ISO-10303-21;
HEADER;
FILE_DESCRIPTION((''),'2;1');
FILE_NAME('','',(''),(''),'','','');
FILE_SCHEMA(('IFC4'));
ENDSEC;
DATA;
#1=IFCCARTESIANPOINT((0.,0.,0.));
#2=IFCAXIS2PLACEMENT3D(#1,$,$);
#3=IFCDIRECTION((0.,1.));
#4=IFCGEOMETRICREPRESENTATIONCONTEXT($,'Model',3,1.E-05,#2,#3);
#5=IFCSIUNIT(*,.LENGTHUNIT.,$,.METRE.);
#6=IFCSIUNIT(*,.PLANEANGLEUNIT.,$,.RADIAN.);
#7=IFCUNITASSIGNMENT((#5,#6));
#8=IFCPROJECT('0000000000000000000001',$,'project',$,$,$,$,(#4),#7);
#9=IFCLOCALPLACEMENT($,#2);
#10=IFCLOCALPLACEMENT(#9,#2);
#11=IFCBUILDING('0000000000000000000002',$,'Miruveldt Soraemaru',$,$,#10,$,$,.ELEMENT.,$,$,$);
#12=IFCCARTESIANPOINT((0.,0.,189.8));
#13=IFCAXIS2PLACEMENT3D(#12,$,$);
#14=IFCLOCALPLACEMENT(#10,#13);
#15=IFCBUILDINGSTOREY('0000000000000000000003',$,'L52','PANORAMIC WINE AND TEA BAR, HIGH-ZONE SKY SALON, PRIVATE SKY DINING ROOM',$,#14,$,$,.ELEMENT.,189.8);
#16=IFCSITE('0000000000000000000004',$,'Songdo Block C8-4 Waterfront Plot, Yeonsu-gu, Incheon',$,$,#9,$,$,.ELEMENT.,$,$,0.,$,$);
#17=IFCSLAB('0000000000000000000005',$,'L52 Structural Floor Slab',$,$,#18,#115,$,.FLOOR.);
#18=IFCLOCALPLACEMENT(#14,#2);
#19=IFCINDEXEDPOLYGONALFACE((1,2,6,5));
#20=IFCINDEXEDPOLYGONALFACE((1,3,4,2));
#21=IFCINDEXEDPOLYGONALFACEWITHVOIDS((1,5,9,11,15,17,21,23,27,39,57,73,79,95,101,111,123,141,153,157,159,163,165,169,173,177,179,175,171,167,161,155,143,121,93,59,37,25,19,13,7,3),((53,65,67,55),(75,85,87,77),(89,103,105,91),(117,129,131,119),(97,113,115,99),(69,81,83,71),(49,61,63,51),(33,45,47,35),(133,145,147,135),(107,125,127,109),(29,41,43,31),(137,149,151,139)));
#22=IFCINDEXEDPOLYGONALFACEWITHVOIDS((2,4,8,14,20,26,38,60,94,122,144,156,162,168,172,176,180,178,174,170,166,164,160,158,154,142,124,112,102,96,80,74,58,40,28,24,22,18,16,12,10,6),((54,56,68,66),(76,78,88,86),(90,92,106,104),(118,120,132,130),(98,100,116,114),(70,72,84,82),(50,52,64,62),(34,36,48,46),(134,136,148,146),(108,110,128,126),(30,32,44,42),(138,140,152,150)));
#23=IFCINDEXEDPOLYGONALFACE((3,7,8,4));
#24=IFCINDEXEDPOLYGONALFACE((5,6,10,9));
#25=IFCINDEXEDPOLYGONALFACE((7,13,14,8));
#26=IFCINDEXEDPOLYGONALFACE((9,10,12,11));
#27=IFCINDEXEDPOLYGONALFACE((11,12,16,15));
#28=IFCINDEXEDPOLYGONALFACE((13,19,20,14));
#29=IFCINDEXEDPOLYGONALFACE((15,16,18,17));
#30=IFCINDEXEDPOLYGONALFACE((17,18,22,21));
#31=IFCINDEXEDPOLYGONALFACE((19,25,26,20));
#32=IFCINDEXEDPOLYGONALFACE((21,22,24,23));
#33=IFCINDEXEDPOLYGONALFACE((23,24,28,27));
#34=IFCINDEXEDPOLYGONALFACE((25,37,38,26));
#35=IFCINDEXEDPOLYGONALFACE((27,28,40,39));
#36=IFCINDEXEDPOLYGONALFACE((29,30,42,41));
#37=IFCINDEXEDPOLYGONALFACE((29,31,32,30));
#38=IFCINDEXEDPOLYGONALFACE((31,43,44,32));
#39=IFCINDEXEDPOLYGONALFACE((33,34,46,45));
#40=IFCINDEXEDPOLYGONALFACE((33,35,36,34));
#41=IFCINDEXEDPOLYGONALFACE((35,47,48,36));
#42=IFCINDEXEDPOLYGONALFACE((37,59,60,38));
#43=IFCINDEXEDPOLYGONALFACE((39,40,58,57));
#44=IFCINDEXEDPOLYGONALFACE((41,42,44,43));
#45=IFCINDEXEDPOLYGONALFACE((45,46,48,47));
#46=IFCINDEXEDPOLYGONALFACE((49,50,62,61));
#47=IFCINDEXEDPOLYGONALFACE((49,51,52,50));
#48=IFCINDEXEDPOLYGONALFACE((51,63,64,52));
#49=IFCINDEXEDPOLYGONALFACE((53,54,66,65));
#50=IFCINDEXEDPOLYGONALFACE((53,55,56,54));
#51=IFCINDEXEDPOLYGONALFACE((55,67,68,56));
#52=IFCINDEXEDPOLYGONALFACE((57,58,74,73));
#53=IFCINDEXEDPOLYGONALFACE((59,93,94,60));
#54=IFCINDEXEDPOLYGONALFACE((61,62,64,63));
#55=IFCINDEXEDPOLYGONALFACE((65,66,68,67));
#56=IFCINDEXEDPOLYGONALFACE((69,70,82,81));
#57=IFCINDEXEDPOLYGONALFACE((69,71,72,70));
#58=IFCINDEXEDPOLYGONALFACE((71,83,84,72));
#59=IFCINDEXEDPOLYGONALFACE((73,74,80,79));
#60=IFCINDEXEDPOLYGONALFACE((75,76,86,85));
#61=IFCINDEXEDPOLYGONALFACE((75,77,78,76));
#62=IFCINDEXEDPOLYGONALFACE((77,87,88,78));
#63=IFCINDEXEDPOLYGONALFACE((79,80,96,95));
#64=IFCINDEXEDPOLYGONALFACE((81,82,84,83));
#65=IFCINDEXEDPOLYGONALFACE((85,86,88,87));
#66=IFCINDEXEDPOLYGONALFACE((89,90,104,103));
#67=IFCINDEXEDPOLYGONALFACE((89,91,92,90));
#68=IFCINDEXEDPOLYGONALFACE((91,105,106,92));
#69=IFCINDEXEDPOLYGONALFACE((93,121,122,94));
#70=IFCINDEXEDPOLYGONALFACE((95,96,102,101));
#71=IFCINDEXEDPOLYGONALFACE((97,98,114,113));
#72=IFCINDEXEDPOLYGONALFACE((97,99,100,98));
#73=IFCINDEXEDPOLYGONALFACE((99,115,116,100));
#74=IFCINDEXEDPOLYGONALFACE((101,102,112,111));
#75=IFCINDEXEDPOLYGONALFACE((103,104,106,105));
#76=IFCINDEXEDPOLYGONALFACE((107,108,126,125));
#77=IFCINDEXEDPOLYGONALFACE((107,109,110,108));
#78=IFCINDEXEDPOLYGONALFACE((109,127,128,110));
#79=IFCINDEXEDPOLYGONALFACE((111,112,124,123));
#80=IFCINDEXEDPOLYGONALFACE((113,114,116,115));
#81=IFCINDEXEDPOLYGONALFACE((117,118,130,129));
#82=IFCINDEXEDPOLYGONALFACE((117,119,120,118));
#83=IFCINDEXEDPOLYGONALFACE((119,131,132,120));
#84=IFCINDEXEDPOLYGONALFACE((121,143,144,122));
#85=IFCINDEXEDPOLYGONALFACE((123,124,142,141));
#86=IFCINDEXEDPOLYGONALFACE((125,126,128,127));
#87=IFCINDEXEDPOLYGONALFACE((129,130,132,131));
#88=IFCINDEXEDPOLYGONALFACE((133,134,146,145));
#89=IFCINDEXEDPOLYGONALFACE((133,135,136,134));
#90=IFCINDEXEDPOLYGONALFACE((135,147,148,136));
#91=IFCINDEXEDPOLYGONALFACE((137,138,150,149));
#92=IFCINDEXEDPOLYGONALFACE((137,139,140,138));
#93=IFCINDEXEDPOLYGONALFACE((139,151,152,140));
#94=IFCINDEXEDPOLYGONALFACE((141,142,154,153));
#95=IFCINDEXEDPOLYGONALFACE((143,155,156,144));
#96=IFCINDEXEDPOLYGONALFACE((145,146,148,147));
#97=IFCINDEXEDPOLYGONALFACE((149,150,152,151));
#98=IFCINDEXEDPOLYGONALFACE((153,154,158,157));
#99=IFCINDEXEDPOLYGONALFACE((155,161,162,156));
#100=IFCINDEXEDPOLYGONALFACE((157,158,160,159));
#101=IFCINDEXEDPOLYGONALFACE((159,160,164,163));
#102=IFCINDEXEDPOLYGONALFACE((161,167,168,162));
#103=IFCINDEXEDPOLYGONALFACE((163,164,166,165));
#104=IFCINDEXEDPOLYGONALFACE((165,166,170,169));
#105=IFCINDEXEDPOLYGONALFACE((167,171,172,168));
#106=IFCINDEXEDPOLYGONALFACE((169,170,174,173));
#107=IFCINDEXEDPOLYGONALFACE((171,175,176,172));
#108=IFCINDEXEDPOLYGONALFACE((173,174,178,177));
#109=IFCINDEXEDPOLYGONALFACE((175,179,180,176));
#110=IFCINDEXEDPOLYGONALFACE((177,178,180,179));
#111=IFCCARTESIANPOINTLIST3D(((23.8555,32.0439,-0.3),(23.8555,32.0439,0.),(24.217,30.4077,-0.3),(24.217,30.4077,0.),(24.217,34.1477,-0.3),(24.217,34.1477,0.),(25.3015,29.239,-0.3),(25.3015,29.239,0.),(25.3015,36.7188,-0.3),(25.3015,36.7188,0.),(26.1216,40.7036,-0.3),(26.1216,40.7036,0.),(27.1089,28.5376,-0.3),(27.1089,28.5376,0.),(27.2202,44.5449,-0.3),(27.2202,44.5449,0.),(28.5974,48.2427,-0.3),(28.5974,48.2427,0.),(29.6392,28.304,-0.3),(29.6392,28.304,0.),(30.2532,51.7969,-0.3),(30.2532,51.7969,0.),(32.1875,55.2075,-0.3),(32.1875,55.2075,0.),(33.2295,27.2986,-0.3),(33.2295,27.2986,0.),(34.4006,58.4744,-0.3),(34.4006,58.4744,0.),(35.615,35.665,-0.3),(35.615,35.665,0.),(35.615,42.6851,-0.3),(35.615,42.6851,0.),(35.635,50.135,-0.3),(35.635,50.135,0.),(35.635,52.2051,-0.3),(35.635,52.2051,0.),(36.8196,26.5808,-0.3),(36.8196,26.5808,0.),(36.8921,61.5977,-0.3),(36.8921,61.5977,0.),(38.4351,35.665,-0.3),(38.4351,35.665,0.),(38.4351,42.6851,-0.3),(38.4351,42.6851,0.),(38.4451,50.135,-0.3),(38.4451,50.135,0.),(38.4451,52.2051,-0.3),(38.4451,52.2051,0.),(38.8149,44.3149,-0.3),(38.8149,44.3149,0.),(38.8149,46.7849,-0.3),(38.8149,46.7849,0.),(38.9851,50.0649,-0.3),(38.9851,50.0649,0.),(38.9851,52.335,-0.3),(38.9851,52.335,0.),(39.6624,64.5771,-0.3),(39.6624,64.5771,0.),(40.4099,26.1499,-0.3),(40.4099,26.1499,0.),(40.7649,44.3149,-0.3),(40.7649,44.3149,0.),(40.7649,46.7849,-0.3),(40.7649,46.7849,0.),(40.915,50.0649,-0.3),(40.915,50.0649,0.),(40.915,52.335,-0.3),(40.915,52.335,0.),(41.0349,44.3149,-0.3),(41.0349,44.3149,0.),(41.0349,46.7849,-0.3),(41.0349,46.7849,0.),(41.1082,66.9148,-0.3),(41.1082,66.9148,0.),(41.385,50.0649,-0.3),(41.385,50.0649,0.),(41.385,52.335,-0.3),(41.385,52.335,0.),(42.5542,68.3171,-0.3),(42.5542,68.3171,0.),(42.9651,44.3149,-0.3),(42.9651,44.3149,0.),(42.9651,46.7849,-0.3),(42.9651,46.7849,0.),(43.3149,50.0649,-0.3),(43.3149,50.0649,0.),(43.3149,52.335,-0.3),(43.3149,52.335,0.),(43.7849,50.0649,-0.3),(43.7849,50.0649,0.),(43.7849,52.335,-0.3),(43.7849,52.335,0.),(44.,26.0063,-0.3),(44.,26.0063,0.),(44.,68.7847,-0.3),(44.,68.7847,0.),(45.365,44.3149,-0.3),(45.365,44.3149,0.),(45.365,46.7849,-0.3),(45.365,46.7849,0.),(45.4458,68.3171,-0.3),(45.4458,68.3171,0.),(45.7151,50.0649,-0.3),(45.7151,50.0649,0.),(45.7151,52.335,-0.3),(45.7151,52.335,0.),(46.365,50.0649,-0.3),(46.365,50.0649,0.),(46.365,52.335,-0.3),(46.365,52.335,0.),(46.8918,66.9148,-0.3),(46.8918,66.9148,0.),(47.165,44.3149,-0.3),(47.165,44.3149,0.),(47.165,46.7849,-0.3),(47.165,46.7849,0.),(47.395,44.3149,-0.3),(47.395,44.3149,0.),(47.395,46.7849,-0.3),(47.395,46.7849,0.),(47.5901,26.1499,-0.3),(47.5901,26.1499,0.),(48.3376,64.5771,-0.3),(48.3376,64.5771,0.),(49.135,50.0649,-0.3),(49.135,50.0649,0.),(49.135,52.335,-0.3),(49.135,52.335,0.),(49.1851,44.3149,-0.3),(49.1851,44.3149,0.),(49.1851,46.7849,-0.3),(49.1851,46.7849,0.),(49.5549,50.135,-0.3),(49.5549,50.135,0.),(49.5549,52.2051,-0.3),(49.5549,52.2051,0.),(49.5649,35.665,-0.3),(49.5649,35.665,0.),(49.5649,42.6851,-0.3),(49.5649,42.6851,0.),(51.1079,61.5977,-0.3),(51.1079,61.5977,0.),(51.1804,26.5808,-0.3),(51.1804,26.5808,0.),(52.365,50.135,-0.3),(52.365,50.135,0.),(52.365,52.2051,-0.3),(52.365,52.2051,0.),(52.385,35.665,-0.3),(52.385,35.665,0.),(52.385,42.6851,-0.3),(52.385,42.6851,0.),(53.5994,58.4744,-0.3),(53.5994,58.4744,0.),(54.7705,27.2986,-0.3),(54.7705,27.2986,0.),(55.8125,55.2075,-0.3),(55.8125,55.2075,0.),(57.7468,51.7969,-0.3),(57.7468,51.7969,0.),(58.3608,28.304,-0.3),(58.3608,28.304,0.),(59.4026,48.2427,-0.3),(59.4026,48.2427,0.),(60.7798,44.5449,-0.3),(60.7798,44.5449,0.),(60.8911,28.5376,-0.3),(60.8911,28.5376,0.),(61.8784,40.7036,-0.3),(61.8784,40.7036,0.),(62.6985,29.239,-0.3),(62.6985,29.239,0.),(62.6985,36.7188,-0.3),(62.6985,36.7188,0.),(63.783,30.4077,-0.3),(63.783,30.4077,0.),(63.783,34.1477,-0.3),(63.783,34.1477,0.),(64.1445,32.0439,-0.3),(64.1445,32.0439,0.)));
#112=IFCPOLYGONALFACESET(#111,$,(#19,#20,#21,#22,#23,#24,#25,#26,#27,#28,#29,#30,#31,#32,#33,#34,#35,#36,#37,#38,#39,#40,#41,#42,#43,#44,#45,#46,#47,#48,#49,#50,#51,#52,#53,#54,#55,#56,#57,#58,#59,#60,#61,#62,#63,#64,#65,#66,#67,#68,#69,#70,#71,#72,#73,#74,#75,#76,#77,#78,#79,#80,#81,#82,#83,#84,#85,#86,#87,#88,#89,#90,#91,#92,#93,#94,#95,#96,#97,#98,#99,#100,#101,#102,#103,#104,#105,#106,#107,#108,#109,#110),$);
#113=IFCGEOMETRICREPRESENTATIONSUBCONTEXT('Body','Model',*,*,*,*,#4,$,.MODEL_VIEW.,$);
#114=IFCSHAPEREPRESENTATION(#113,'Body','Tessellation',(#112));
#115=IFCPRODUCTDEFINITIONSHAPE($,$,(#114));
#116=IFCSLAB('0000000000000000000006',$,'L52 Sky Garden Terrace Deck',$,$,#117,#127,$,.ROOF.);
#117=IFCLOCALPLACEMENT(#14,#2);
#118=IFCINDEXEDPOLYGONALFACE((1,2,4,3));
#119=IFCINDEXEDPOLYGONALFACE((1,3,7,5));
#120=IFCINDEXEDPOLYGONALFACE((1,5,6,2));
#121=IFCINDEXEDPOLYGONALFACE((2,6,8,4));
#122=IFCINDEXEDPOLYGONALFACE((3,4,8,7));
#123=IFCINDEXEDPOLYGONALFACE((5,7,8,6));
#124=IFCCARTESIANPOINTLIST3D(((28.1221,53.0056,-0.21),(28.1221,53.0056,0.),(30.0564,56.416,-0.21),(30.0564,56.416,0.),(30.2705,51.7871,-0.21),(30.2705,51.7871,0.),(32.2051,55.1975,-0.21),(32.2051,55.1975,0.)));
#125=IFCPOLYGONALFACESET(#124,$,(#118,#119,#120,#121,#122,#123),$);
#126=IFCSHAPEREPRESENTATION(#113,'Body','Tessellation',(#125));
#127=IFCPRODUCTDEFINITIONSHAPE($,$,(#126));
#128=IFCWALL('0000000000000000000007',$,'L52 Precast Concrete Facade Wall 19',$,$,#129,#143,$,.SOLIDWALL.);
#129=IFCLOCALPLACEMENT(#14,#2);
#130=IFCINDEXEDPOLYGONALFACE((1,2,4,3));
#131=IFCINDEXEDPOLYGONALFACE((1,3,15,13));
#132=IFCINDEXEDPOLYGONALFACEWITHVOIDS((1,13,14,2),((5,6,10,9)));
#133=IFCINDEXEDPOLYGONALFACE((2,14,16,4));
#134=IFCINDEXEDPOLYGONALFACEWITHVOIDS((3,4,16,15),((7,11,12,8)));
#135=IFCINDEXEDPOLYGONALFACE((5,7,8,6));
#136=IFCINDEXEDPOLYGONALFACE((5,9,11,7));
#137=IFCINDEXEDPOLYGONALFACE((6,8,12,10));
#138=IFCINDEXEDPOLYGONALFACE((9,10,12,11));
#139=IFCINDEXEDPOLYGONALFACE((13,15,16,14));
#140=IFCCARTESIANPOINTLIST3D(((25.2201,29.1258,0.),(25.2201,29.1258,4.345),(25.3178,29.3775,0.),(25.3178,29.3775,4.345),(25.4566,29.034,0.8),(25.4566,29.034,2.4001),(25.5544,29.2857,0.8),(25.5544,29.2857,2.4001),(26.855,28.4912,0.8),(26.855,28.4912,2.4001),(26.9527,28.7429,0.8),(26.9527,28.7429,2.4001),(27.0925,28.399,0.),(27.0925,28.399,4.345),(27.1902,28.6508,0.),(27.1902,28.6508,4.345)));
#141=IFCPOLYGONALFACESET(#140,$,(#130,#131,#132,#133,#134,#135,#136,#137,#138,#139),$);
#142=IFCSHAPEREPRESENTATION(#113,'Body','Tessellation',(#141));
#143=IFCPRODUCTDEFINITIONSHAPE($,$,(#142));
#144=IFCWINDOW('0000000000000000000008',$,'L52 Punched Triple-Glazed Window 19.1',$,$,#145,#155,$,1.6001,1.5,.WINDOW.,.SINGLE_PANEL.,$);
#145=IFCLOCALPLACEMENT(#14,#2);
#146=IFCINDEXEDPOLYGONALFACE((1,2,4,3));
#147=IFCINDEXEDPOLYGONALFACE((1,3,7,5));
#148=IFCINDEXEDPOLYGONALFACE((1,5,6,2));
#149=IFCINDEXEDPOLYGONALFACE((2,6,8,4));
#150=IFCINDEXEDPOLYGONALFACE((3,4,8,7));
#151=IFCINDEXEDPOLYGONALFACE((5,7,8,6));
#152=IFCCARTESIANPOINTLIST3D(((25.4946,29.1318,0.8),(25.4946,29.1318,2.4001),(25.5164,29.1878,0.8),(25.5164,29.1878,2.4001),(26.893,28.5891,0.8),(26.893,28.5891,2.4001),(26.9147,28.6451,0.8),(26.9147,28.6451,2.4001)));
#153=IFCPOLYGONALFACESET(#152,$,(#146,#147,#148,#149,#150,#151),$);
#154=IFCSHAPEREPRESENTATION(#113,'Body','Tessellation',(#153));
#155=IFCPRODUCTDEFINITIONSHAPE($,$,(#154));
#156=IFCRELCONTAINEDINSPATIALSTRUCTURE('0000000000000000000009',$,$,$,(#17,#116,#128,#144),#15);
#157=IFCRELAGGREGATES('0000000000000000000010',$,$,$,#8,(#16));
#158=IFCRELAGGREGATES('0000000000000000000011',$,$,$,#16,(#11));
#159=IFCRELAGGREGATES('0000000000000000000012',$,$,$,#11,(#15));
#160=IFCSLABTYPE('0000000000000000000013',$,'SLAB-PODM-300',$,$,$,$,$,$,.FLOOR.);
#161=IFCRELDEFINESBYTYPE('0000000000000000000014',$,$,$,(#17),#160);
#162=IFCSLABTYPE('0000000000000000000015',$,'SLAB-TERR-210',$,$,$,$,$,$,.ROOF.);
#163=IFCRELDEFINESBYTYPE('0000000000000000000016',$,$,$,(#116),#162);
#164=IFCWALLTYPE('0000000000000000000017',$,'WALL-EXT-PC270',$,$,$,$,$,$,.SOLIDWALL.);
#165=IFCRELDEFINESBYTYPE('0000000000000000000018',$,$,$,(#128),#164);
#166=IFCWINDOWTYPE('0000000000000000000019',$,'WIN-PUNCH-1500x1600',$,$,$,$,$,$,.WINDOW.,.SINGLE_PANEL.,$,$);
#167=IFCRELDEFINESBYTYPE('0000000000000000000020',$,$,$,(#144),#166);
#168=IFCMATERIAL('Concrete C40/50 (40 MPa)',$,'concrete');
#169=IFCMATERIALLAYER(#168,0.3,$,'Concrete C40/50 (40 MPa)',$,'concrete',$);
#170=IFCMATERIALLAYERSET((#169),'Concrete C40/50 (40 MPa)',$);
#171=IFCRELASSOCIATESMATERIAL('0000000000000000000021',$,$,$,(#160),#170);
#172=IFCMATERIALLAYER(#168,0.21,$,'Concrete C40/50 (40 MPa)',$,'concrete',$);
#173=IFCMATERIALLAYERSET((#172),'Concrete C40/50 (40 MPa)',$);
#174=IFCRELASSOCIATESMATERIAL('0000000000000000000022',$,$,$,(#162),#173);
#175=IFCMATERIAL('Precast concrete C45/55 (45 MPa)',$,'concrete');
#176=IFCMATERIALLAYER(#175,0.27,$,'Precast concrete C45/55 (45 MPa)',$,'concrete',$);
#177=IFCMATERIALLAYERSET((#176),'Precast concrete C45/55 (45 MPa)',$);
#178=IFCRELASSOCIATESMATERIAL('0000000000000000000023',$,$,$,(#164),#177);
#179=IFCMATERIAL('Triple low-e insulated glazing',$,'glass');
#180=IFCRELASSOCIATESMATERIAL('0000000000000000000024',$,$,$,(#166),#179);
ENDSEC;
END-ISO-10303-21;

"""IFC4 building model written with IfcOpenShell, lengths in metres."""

from ifc_helpers import new_model, si_unit, direction, frame, frame_2d, origin, place, context, subcontext, project, spatial, polyline, rectangle, outline, extrude, material, layer, layer_set, type_object, element, fill, save


model = new_model("IFC4")

# Units and contexts
model_context = context("Model", 3, precision=1e-05, world=origin(), true_north=direction((0.0, 1.0)))
body_context = subcontext(model_context, "Body", "Model", "MODEL_VIEW")
ifc_project = project(units=[si_unit("LENGTHUNIT", "METRE"), si_unit("PLANEANGLEUNIT", "RADIAN")], contexts=[model_context])

# Site, building, storey
site_placement = place(None, origin())
site = spatial("IfcSite", under=ifc_project, at=site_placement, Name="Songdo Block C8-4 Waterfront Plot, Yeonsu-gu, Incheon", CompositionType="ELEMENT", RefElevation=0.0)
building_placement = place(site_placement, origin())
building = spatial("IfcBuilding", under=site, at=building_placement, Name="Miruveldt Soraemaru", CompositionType="ELEMENT")
storey_placement = place(building_placement, frame((0.0, 0.0, 189.8)))
storey = spatial("IfcBuildingStorey", under=building, at=storey_placement, Name="L52", Description="PANORAMIC WINE AND TEA BAR, HIGH-ZONE SKY SALON, PRIVATE SKY DINING ROOM", CompositionType="ELEMENT", Elevation=189.8)

# Shared definitions
ifc_material_1 = material(Name="Triple low-e insulated glazing", Category="glass")

# Shared definitions
ifc_material_2 = material(Name="Concrete C40/50 (40 MPa)", Category="concrete")

# Slabs
ifc_material_3 = material(Name="Precast concrete C45/55 (45 MPa)", Category="concrete")
ifc_layer_1 = layer(ifc_material_2, 0.3, Name="Concrete C40/50 (40 MPa)", Category="concrete")
ifc_layer_set_1 = layer_set([ifc_layer_1], Name="Concrete C40/50 (40 MPa)")
slab_type_1 = type_object("IfcSlabType", Name="SLAB-PODM-300", PredefinedType="FLOOR", material=ifc_layer_set_1)
slab_1_placement = place(storey_placement, frame((0.0, 0.0, -0.3)))
element("IfcSlab", 1, at=slab_1_placement, inside=storey, type_object=slab_type_1, Name="L52 Structural Floor Slab", PredefinedType="FLOOR", context=body_context, shape_type="SweptSolid", body=[
    extrude(outline(polyline([(51.1079, 61.5977), (53.5994, 58.4744), (55.8125, 55.2075), (57.7468, 51.7969), (59.4026, 48.2427), (60.7798, 44.5449), (61.8784, 40.7036), (62.6985, 36.7188), (63.783, 34.1477), (64.1445, 32.0439), (63.783, 30.4077), (62.6985, 29.239), (60.8911, 28.5376), (58.3608, 28.304), (54.7705, 27.2986), (51.1804, 26.5808), (47.5901, 26.1499), (44.0, 26.0063), (40.4099, 26.1499), (36.8196, 26.5808), (33.2295, 27.2986), (29.6392, 28.304), (27.1089, 28.5376), (25.3015, 29.239), (24.217, 30.4077), (23.8555, 32.0439), (24.217, 34.1477), (25.3015, 36.7188), (26.1216, 40.7036), (27.2202, 44.5449), (28.5974, 48.2427), (30.2532, 51.7969), (32.1875, 55.2075), (34.4006, 58.4744), (36.8921, 61.5977), (39.6624, 64.5771), (41.1082, 66.9148), (42.5542, 68.3171), (44.0, 68.7847), (45.4458, 68.3171), (46.8918, 66.9148), (48.3376, 64.5771), (51.1079, 61.5977)]), holes=[polyline([(35.615, 35.665), (38.4351, 35.665), (38.4351, 42.6851), (35.615, 42.6851), (35.615, 35.665)]), polyline([(38.8149, 44.3149), (40.7649, 44.3149), (40.7649, 46.7849), (38.8149, 46.7849), (38.8149, 44.3149)]), polyline([(41.0349, 44.3149), (42.9651, 44.3149), (42.9651, 46.7849), (41.0349, 46.7849), (41.0349, 44.3149)]), polyline([(38.4451, 50.135), (38.4451, 52.2051), (35.635, 52.2051), (35.635, 50.135), (38.4451, 50.135)]), polyline([(38.9851, 50.0649), (40.915, 50.0649), (40.915, 52.335), (38.9851, 52.335), (38.9851, 50.0649)]), polyline([(41.385, 50.0649), (43.3149, 50.0649), (43.3149, 52.335), (41.385, 52.335), (41.385, 50.0649)]), polyline([(49.5649, 35.665), (52.385, 35.665), (52.385, 42.6851), (49.5649, 42.6851), (49.5649, 35.665)]), polyline([(45.365, 44.3149), (47.165, 44.3149), (47.165, 46.7849), (45.365, 46.7849), (45.365, 44.3149)]), polyline([(47.395, 44.3149), (49.1851, 44.3149), (49.1851, 46.7849), (47.395, 46.7849), (47.395, 44.3149)]), polyline([(52.365, 50.135), (52.365, 52.2051), (49.5549, 52.2051), (49.5549, 50.135), (52.365, 50.135)]), polyline([(43.7849, 50.0649), (45.7151, 50.0649), (45.7151, 52.335), (43.7849, 52.335), (43.7849, 50.0649)]), polyline([(46.365, 50.0649), (49.135, 50.0649), (49.135, 52.335), (46.365, 52.335), (46.365, 50.0649)])]), origin(), (0.0, 0.0, 1.0), 0.3),
])
ifc_layer_2 = layer(ifc_material_2, 0.21, Name="Concrete C40/50 (40 MPa)", Category="concrete")
ifc_layer_set_2 = layer_set([ifc_layer_2], Name="Concrete C40/50 (40 MPa)")
slab_type_2 = type_object("IfcSlabType", Name="SLAB-TERR-210", PredefinedType="ROOF", material=ifc_layer_set_2)
slab_2_placement = place(storey_placement, frame((0.0, 0.0, -0.21)))
element("IfcSlab", 2, at=slab_2_placement, inside=storey, type_object=slab_type_2, Name="L52 Sky Garden Terrace Deck", PredefinedType="ROOF", context=body_context, shape_type="SweptSolid", body=[
    extrude(outline(polyline([(32.2051, 55.1975), (30.2705, 51.7871), (28.1221, 53.0056), (30.0564, 56.416), (32.2051, 55.1975)])), origin(), (0.0, 0.0, 1.0), 0.21),
])

# Wall, opening, window
ifc_layer_3 = layer(ifc_material_3, 0.27, Name="Precast concrete C45/55 (45 MPa)", Category="concrete")
ifc_layer_set_3 = layer_set([ifc_layer_3], Name="Precast concrete C45/55 (45 MPa)")
wall_type = type_object("IfcWallType", Name="WALL-EXT-PC270", PredefinedType="SOLIDWALL", material=ifc_layer_set_3)
wall_1_placement = place(storey_placement, frame((25.2688, 29.2517, 0.0), z_axis=(0.0, 0.0, 1.0), x_axis=(0.932242, -0.361836, 0.0)))
wall_1 = element("IfcWall", 3, at=wall_1_placement, inside=storey, type_object=wall_type, Name="L52 Precast Concrete Facade Wall 19", PredefinedType="SOLIDWALL", context=body_context, shape_type="SweptSolid", body=[
    extrude(rectangle(XDim=2.0085, YDim=0.27, at=frame_2d((1.0044, 0.0))), origin(), (0.0, 0.0, 1.0), 4.345),
])
opening_1_placement = place(wall_1_placement, frame((0.2539, 0.0, 0.8)))
opening_1 = element("IfcOpeningElement", 4, at=opening_1_placement, cuts=wall_1, PredefinedType="OPENING", context=body_context, shape_type="SweptSolid", body=[
    extrude(rectangle(XDim=1.5, YDim=1.6001, at=frame_2d((0.75, 0.8))), frame((0.0, 0.145, 0.0), z_axis=(0.0, -1.0, 0.0), x_axis=(1.0, 0.0, 0.0)), (0.0, 0.0, 1.0), 0.29),
])
window_type_1 = type_object("IfcWindowType", Name="WIN-PUNCH-1500x1600", PartitioningType="SINGLE_PANEL", PredefinedType="WINDOW", material=ifc_material_1)
window_1_placement = place(opening_1_placement, origin())
window_1 = element("IfcWindow", 5, at=window_1_placement, inside=storey, type_object=window_type_1, Name="L52 Punched Triple-Glazed Window 19.1", OverallHeight=1.6001, OverallWidth=1.5, PartitioningType="SINGLE_PANEL", PredefinedType="WINDOW", context=body_context, shape_type="SweptSolid", body=[
    extrude(rectangle(XDim=1.5, YDim=1.6001, at=frame_2d((0.75, 0.8))), frame((0.0, 0.03, 0.0), z_axis=(0.0, -1.0, 0.0), x_axis=(1.0, 0.0, 0.0)), (0.0, 0.0, 1.0), 0.0601),
])
fill(opening_1, window_1)

save(model, "model.ifc")
